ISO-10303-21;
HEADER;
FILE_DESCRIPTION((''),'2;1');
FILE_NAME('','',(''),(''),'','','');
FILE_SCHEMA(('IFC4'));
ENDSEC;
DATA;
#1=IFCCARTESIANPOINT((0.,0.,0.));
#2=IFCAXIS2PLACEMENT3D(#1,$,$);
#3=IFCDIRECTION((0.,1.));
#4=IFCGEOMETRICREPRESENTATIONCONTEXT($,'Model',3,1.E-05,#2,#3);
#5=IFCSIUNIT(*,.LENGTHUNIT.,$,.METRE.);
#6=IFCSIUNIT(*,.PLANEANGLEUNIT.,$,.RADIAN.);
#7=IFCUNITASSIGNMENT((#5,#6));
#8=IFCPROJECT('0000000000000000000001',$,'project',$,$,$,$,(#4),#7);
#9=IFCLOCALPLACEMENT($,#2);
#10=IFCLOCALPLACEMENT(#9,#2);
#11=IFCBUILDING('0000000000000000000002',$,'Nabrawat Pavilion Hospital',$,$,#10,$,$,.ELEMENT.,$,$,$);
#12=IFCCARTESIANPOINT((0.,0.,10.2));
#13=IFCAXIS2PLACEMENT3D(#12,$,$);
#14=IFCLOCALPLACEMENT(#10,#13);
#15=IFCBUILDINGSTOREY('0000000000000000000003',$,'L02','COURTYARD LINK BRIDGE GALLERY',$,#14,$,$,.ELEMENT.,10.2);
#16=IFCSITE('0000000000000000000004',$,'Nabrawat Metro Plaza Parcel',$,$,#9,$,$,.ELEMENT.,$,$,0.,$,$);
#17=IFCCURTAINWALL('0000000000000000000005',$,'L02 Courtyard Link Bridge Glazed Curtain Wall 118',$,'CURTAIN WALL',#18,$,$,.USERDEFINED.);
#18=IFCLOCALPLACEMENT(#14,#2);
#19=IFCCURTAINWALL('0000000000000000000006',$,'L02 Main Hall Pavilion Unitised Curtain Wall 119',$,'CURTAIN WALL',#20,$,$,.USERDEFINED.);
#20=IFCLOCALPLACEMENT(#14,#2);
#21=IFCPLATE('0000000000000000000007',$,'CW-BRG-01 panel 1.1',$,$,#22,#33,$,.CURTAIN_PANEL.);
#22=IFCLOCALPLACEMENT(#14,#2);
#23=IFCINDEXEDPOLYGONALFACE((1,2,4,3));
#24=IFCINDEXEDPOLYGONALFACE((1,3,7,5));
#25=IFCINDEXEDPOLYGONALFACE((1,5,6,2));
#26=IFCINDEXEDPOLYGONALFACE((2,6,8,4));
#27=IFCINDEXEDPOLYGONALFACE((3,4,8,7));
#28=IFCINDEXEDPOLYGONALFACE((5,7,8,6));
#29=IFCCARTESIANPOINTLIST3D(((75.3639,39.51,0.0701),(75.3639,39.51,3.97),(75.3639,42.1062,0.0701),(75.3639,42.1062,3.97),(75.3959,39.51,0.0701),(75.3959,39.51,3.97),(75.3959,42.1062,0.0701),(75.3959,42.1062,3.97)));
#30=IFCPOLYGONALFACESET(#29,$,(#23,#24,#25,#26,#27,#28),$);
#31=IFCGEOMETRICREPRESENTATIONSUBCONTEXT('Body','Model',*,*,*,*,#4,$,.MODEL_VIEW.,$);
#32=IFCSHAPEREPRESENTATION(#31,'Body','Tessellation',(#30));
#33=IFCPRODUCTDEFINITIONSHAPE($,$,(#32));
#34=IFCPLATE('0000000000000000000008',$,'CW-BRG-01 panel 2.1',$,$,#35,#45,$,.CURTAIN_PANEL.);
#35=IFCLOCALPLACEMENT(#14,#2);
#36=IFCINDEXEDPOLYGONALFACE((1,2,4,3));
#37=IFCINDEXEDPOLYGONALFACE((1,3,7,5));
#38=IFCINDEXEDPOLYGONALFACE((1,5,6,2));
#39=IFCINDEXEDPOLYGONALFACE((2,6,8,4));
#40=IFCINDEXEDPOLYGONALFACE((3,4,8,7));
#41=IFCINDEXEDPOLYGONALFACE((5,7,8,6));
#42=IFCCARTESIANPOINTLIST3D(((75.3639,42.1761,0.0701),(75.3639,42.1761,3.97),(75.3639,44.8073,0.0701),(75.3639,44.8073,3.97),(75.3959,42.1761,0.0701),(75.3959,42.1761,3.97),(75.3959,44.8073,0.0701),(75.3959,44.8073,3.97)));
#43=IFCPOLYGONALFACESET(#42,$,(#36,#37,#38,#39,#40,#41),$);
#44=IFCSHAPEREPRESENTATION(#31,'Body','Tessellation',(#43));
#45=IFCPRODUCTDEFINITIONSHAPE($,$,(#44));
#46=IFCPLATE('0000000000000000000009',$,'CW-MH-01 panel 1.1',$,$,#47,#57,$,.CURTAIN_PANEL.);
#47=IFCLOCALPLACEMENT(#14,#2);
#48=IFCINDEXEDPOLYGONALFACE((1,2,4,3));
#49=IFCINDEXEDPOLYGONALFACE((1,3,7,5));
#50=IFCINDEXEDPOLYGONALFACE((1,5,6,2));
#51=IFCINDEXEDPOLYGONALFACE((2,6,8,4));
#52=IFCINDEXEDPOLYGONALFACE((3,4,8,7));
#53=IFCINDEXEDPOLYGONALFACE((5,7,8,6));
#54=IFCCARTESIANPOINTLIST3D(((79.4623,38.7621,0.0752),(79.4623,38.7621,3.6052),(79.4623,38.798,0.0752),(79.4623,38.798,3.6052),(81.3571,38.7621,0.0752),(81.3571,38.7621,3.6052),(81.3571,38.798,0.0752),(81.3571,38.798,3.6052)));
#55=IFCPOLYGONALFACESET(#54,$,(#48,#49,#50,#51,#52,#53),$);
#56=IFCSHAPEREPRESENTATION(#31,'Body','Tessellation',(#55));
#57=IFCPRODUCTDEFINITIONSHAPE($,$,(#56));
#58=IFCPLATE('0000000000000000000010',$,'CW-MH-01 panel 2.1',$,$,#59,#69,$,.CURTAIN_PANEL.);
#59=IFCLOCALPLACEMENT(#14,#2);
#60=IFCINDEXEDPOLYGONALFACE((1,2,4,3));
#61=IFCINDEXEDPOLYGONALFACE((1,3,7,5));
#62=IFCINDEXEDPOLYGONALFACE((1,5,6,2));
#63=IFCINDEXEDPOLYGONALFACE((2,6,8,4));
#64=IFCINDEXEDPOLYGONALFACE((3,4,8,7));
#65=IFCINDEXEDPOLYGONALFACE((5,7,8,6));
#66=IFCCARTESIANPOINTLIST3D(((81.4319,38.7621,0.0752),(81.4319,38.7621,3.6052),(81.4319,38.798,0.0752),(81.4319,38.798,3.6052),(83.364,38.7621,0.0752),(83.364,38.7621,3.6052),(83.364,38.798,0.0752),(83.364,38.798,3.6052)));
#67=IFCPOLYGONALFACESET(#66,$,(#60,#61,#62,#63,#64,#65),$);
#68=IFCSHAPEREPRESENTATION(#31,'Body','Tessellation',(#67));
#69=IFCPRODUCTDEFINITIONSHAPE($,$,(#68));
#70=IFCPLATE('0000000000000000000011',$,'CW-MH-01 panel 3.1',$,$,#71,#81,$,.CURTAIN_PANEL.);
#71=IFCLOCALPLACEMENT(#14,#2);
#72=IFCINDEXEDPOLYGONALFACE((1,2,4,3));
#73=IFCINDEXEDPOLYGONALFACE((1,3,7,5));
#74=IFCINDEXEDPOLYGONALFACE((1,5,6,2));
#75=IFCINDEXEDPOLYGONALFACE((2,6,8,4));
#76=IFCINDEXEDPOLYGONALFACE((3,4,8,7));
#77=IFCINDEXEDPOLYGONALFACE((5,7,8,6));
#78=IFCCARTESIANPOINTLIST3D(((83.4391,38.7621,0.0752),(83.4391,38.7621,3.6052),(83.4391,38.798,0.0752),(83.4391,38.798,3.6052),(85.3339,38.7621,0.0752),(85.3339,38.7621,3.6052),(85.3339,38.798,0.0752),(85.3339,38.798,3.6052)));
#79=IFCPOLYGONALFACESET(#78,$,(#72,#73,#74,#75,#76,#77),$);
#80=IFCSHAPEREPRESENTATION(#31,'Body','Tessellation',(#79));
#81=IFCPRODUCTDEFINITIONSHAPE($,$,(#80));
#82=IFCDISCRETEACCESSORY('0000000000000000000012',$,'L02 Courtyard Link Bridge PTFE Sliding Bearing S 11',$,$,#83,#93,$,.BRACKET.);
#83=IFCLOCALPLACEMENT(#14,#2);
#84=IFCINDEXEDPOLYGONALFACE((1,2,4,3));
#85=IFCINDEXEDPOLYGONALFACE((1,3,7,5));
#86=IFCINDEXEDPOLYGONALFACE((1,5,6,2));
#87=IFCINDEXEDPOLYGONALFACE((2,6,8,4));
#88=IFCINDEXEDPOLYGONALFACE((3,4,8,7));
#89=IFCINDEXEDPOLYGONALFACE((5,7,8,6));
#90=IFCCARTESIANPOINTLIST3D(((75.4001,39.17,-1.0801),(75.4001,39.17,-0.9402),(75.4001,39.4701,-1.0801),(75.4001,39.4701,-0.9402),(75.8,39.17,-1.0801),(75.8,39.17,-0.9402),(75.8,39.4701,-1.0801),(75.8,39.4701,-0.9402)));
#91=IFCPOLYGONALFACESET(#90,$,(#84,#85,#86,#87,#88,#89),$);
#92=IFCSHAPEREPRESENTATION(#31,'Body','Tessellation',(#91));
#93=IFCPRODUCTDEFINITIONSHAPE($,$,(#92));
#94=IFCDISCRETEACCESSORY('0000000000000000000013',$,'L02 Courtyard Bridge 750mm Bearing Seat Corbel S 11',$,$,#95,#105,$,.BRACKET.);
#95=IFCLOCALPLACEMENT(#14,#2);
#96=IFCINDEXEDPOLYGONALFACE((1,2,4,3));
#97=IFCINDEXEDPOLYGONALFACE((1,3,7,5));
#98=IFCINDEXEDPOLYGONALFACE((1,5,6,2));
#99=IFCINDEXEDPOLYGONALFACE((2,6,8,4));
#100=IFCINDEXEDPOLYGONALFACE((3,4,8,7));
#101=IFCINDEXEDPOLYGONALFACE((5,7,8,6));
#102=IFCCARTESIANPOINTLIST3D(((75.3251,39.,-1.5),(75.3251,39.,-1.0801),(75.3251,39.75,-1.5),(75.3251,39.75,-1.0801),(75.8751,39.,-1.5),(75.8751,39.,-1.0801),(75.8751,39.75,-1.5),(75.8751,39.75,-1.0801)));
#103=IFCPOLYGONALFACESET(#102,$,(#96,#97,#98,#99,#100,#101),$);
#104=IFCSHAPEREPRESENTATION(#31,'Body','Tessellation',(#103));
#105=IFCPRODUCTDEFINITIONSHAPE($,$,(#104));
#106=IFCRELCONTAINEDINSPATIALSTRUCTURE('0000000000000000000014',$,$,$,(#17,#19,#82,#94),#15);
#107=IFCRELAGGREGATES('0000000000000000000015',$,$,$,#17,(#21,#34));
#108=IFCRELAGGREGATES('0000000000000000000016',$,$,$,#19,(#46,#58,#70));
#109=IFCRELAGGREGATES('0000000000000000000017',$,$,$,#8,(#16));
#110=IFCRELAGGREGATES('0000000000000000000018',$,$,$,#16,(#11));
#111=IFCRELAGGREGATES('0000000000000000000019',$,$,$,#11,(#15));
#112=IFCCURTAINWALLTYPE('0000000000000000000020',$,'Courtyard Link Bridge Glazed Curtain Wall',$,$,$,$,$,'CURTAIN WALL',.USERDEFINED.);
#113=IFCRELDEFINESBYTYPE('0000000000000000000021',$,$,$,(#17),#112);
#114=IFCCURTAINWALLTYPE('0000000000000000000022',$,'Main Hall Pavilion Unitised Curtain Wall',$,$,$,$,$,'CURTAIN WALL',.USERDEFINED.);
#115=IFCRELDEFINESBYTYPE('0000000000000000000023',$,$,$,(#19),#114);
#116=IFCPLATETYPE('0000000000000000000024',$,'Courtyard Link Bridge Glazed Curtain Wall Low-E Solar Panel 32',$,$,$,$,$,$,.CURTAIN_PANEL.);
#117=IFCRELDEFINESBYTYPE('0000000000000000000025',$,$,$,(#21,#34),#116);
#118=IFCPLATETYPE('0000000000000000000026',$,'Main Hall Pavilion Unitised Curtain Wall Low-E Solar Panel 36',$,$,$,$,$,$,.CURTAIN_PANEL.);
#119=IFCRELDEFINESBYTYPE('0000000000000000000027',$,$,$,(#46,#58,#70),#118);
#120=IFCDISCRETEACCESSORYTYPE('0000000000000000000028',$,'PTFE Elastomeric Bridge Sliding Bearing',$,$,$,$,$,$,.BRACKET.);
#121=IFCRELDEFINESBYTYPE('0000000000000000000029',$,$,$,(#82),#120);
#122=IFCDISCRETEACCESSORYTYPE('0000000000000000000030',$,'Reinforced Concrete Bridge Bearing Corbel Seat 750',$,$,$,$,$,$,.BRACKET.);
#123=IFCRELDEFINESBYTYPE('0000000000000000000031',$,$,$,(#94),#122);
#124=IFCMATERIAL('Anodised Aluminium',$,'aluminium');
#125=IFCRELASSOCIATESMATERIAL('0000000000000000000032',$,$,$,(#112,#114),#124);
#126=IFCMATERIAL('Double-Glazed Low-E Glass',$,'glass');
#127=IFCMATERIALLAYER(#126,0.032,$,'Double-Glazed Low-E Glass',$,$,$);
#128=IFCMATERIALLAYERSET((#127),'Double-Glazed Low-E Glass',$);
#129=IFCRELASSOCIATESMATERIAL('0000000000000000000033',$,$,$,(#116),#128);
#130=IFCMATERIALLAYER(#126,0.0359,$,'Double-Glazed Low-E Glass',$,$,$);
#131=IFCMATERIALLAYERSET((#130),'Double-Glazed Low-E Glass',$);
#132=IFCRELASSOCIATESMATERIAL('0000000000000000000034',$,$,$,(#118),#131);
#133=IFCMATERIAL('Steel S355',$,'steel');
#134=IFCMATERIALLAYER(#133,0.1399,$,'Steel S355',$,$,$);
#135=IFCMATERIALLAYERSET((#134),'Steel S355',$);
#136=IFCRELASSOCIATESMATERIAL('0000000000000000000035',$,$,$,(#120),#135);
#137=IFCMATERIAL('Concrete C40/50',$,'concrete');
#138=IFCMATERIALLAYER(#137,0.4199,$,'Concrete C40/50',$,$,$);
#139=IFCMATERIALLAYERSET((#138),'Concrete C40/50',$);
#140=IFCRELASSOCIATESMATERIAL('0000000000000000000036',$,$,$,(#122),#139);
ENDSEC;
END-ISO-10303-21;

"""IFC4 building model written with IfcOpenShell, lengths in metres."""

from ifc_helpers import new_model, si_unit, direction, frame, origin, origin_2d, place, context, subcontext, project, spatial, rectangle, extrude, material, layer, layer_set, type_object, element, aggregate, save


model = new_model("IFC4")

# Units and contexts
model_context = context("Model", 3, precision=1e-05, world=origin(), true_north=direction((0.0, 1.0)))
body_context = subcontext(model_context, "Body", "Model", "MODEL_VIEW")
ifc_project = project(units=[si_unit("LENGTHUNIT", "METRE"), si_unit("PLANEANGLEUNIT", "RADIAN")], contexts=[model_context])

# Site, building, storey
site_placement = place(None, origin())
site = spatial("IfcSite", under=ifc_project, at=site_placement, Name="Nabrawat Metro Plaza Parcel", CompositionType="ELEMENT", RefElevation=0.0)
building_placement = place(site_placement, origin())
building = spatial("IfcBuilding", under=site, at=building_placement, Name="Nabrawat Pavilion Hospital", CompositionType="ELEMENT")
storey_placement = place(building_placement, frame((0.0, 0.0, 10.2)))
storey = spatial("IfcBuildingStorey", under=building, at=storey_placement, Name="L02", Description="COURTYARD LINK BRIDGE GALLERY", CompositionType="ELEMENT", Elevation=10.2)

# Shared definitions
ifc_material_1 = material(Name="Steel S355", Category="steel")

# Curtain wall
ifc_material_2 = material(Name="Anodised Aluminium", Category="aluminium")
curtain_wall_type_1 = type_object("IfcCurtainWallType", Name="Courtyard Link Bridge Glazed Curtain Wall", ElementType="CURTAIN WALL", PredefinedType="USERDEFINED", material=ifc_material_2)
curtain_wall_1_placement = place(storey_placement, origin())
curtain_wall_1 = element("IfcCurtainWall", 1, at=curtain_wall_1_placement, inside=storey, type_object=curtain_wall_type_1, Name="L02 Courtyard Link Bridge Glazed Curtain Wall 118", ObjectType="CURTAIN WALL", PredefinedType="USERDEFINED")

# Shared definitions
curtain_wall_type_2 = type_object("IfcCurtainWallType", Name="Main Hall Pavilion Unitised Curtain Wall", ElementType="CURTAIN WALL", PredefinedType="USERDEFINED", material=ifc_material_2)

# Curtain wall
curtain_wall_2_placement = place(storey_placement, origin())
curtain_wall_2 = element("IfcCurtainWall", 2, at=curtain_wall_2_placement, inside=storey, type_object=curtain_wall_type_2, Name="L02 Main Hall Pavilion Unitised Curtain Wall 119", ObjectType="CURTAIN WALL", PredefinedType="USERDEFINED")

# Plates
ifc_material_3 = material(Name="Double-Glazed Low-E Glass", Category="glass")
ifc_layer_1 = layer(ifc_material_3, 0.032, Name="Double-Glazed Low-E Glass")
ifc_layer_set_1 = layer_set([ifc_layer_1], Name="Double-Glazed Low-E Glass")
plate_type_1 = type_object("IfcPlateType", Name="Courtyard Link Bridge Glazed Curtain Wall Low-E Solar Panel 32", PredefinedType="CURTAIN_PANEL", material=ifc_layer_set_1)
plate_1_placement = place(storey_placement, frame((75.3799, 40.8081, 0.0701), z_axis=(0.0, 0.0, 1.0), x_axis=(0.0, 1.0, 0.0)))
plate_1 = element("IfcPlate", 3, at=plate_1_placement, type_object=plate_type_1, Name="CW-BRG-01 panel 1.1", PredefinedType="CURTAIN_PANEL", context=body_context, shape_type="SweptSolid", body=[
    extrude(rectangle(XDim=2.5962, YDim=0.032, at=origin_2d()), origin(), (0.0, 0.0, 1.0), 3.8999),
])
plate_2_placement = place(storey_placement, frame((75.3799, 43.4917, 0.0701), z_axis=(0.0, 0.0, 1.0), x_axis=(0.0, 1.0, 0.0)))
plate_2 = element("IfcPlate", 4, at=plate_2_placement, type_object=plate_type_1, Name="CW-BRG-01 panel 2.1", PredefinedType="CURTAIN_PANEL", context=body_context, shape_type="SweptSolid", body=[
    extrude(rectangle(XDim=2.6311, YDim=0.032, at=origin_2d()), origin(), (0.0, 0.0, 1.0), 3.8999),
])
aggregate(curtain_wall_1, [plate_1, plate_2])
ifc_layer_2 = layer(ifc_material_3, 0.0359, Name="Double-Glazed Low-E Glass")
ifc_layer_set_2 = layer_set([ifc_layer_2], Name="Double-Glazed Low-E Glass")
plate_type_2 = type_object("IfcPlateType", Name="Main Hall Pavilion Unitised Curtain Wall Low-E Solar Panel 36", PredefinedType="CURTAIN_PANEL", material=ifc_layer_set_2)
plate_3_placement = place(storey_placement, frame((80.4097, 38.78, 0.0752), z_axis=(0.0, 0.0, 1.0), x_axis=(1.0, 0.0, 0.0)))
plate_3 = element("IfcPlate", 5, at=plate_3_placement, type_object=plate_type_2, Name="CW-MH-01 panel 1.1", PredefinedType="CURTAIN_PANEL", context=body_context, shape_type="SweptSolid", body=[
    extrude(rectangle(XDim=1.8948, YDim=0.0359, at=origin_2d()), origin(), (0.0, 0.0, 1.0), 3.53),
])
plate_4_placement = place(storey_placement, frame((82.3979, 38.78, 0.0752), z_axis=(0.0, 0.0, 1.0), x_axis=(1.0, 0.0, 0.0)))
plate_4 = element("IfcPlate", 6, at=plate_4_placement, type_object=plate_type_2, Name="CW-MH-01 panel 2.1", PredefinedType="CURTAIN_PANEL", context=body_context, shape_type="SweptSolid", body=[
    extrude(rectangle(XDim=1.9321, YDim=0.0359, at=origin_2d()), origin(), (0.0, 0.0, 1.0), 3.53),
])
plate_5_placement = place(storey_placement, frame((84.3865, 38.78, 0.0752), z_axis=(0.0, 0.0, 1.0), x_axis=(1.0, 0.0, 0.0)))
plate_5 = element("IfcPlate", 7, at=plate_5_placement, type_object=plate_type_2, Name="CW-MH-01 panel 3.1", PredefinedType="CURTAIN_PANEL", context=body_context, shape_type="SweptSolid", body=[
    extrude(rectangle(XDim=1.8948, YDim=0.0359, at=origin_2d()), origin(), (0.0, 0.0, 1.0), 3.53),
])
aggregate(curtain_wall_2, [plate_3, plate_4, plate_5])

# Discrete accessories
ifc_layer_3 = layer(ifc_material_1, 0.1399, Name="Steel S355")
ifc_layer_set_3 = layer_set([ifc_layer_3], Name="Steel S355")
discrete_accessory_type_1 = type_object("IfcDiscreteAccessoryType", Name="PTFE Elastomeric Bridge Sliding Bearing", PredefinedType="BRACKET", material=ifc_layer_set_3)
discrete_accessory_1_placement = place(storey_placement, frame((75.6001, 39.3201, -1.0801), z_axis=(0.0, 0.0, 1.0), x_axis=(1.0, 0.0, 0.0)))
element("IfcDiscreteAccessory", 8, at=discrete_accessory_1_placement, inside=storey, type_object=discrete_accessory_type_1, Name="L02 Courtyard Link Bridge PTFE Sliding Bearing S 11", PredefinedType="BRACKET", context=body_context, shape_type="SweptSolid", body=[
    extrude(rectangle(XDim=0.3999, YDim=0.3, at=origin_2d()), origin(), (0.0, 0.0, 1.0), 0.1399),
])
ifc_material_4 = material(Name="Concrete C40/50", Category="concrete")
ifc_layer_4 = layer(ifc_material_4, 0.4199, Name="Concrete C40/50")
ifc_layer_set_4 = layer_set([ifc_layer_4], Name="Concrete C40/50")
discrete_accessory_type_2 = type_object("IfcDiscreteAccessoryType", Name="Reinforced Concrete Bridge Bearing Corbel Seat 750", PredefinedType="BRACKET", material=ifc_layer_set_4)
discrete_accessory_2_placement = place(storey_placement, frame((75.6001, 39.375, -1.5), z_axis=(0.0, 0.0, 1.0), x_axis=(1.0, 0.0, 0.0)))
element("IfcDiscreteAccessory", 9, at=discrete_accessory_2_placement, inside=storey, type_object=discrete_accessory_type_2, Name="L02 Courtyard Bridge 750mm Bearing Seat Corbel S 11", PredefinedType="BRACKET", context=body_context, shape_type="SweptSolid", body=[
    extrude(rectangle(XDim=0.55, YDim=0.75, at=origin_2d()), origin(), (0.0, 0.0, 1.0), 0.4199),
])

save(model, "model.ifc")
